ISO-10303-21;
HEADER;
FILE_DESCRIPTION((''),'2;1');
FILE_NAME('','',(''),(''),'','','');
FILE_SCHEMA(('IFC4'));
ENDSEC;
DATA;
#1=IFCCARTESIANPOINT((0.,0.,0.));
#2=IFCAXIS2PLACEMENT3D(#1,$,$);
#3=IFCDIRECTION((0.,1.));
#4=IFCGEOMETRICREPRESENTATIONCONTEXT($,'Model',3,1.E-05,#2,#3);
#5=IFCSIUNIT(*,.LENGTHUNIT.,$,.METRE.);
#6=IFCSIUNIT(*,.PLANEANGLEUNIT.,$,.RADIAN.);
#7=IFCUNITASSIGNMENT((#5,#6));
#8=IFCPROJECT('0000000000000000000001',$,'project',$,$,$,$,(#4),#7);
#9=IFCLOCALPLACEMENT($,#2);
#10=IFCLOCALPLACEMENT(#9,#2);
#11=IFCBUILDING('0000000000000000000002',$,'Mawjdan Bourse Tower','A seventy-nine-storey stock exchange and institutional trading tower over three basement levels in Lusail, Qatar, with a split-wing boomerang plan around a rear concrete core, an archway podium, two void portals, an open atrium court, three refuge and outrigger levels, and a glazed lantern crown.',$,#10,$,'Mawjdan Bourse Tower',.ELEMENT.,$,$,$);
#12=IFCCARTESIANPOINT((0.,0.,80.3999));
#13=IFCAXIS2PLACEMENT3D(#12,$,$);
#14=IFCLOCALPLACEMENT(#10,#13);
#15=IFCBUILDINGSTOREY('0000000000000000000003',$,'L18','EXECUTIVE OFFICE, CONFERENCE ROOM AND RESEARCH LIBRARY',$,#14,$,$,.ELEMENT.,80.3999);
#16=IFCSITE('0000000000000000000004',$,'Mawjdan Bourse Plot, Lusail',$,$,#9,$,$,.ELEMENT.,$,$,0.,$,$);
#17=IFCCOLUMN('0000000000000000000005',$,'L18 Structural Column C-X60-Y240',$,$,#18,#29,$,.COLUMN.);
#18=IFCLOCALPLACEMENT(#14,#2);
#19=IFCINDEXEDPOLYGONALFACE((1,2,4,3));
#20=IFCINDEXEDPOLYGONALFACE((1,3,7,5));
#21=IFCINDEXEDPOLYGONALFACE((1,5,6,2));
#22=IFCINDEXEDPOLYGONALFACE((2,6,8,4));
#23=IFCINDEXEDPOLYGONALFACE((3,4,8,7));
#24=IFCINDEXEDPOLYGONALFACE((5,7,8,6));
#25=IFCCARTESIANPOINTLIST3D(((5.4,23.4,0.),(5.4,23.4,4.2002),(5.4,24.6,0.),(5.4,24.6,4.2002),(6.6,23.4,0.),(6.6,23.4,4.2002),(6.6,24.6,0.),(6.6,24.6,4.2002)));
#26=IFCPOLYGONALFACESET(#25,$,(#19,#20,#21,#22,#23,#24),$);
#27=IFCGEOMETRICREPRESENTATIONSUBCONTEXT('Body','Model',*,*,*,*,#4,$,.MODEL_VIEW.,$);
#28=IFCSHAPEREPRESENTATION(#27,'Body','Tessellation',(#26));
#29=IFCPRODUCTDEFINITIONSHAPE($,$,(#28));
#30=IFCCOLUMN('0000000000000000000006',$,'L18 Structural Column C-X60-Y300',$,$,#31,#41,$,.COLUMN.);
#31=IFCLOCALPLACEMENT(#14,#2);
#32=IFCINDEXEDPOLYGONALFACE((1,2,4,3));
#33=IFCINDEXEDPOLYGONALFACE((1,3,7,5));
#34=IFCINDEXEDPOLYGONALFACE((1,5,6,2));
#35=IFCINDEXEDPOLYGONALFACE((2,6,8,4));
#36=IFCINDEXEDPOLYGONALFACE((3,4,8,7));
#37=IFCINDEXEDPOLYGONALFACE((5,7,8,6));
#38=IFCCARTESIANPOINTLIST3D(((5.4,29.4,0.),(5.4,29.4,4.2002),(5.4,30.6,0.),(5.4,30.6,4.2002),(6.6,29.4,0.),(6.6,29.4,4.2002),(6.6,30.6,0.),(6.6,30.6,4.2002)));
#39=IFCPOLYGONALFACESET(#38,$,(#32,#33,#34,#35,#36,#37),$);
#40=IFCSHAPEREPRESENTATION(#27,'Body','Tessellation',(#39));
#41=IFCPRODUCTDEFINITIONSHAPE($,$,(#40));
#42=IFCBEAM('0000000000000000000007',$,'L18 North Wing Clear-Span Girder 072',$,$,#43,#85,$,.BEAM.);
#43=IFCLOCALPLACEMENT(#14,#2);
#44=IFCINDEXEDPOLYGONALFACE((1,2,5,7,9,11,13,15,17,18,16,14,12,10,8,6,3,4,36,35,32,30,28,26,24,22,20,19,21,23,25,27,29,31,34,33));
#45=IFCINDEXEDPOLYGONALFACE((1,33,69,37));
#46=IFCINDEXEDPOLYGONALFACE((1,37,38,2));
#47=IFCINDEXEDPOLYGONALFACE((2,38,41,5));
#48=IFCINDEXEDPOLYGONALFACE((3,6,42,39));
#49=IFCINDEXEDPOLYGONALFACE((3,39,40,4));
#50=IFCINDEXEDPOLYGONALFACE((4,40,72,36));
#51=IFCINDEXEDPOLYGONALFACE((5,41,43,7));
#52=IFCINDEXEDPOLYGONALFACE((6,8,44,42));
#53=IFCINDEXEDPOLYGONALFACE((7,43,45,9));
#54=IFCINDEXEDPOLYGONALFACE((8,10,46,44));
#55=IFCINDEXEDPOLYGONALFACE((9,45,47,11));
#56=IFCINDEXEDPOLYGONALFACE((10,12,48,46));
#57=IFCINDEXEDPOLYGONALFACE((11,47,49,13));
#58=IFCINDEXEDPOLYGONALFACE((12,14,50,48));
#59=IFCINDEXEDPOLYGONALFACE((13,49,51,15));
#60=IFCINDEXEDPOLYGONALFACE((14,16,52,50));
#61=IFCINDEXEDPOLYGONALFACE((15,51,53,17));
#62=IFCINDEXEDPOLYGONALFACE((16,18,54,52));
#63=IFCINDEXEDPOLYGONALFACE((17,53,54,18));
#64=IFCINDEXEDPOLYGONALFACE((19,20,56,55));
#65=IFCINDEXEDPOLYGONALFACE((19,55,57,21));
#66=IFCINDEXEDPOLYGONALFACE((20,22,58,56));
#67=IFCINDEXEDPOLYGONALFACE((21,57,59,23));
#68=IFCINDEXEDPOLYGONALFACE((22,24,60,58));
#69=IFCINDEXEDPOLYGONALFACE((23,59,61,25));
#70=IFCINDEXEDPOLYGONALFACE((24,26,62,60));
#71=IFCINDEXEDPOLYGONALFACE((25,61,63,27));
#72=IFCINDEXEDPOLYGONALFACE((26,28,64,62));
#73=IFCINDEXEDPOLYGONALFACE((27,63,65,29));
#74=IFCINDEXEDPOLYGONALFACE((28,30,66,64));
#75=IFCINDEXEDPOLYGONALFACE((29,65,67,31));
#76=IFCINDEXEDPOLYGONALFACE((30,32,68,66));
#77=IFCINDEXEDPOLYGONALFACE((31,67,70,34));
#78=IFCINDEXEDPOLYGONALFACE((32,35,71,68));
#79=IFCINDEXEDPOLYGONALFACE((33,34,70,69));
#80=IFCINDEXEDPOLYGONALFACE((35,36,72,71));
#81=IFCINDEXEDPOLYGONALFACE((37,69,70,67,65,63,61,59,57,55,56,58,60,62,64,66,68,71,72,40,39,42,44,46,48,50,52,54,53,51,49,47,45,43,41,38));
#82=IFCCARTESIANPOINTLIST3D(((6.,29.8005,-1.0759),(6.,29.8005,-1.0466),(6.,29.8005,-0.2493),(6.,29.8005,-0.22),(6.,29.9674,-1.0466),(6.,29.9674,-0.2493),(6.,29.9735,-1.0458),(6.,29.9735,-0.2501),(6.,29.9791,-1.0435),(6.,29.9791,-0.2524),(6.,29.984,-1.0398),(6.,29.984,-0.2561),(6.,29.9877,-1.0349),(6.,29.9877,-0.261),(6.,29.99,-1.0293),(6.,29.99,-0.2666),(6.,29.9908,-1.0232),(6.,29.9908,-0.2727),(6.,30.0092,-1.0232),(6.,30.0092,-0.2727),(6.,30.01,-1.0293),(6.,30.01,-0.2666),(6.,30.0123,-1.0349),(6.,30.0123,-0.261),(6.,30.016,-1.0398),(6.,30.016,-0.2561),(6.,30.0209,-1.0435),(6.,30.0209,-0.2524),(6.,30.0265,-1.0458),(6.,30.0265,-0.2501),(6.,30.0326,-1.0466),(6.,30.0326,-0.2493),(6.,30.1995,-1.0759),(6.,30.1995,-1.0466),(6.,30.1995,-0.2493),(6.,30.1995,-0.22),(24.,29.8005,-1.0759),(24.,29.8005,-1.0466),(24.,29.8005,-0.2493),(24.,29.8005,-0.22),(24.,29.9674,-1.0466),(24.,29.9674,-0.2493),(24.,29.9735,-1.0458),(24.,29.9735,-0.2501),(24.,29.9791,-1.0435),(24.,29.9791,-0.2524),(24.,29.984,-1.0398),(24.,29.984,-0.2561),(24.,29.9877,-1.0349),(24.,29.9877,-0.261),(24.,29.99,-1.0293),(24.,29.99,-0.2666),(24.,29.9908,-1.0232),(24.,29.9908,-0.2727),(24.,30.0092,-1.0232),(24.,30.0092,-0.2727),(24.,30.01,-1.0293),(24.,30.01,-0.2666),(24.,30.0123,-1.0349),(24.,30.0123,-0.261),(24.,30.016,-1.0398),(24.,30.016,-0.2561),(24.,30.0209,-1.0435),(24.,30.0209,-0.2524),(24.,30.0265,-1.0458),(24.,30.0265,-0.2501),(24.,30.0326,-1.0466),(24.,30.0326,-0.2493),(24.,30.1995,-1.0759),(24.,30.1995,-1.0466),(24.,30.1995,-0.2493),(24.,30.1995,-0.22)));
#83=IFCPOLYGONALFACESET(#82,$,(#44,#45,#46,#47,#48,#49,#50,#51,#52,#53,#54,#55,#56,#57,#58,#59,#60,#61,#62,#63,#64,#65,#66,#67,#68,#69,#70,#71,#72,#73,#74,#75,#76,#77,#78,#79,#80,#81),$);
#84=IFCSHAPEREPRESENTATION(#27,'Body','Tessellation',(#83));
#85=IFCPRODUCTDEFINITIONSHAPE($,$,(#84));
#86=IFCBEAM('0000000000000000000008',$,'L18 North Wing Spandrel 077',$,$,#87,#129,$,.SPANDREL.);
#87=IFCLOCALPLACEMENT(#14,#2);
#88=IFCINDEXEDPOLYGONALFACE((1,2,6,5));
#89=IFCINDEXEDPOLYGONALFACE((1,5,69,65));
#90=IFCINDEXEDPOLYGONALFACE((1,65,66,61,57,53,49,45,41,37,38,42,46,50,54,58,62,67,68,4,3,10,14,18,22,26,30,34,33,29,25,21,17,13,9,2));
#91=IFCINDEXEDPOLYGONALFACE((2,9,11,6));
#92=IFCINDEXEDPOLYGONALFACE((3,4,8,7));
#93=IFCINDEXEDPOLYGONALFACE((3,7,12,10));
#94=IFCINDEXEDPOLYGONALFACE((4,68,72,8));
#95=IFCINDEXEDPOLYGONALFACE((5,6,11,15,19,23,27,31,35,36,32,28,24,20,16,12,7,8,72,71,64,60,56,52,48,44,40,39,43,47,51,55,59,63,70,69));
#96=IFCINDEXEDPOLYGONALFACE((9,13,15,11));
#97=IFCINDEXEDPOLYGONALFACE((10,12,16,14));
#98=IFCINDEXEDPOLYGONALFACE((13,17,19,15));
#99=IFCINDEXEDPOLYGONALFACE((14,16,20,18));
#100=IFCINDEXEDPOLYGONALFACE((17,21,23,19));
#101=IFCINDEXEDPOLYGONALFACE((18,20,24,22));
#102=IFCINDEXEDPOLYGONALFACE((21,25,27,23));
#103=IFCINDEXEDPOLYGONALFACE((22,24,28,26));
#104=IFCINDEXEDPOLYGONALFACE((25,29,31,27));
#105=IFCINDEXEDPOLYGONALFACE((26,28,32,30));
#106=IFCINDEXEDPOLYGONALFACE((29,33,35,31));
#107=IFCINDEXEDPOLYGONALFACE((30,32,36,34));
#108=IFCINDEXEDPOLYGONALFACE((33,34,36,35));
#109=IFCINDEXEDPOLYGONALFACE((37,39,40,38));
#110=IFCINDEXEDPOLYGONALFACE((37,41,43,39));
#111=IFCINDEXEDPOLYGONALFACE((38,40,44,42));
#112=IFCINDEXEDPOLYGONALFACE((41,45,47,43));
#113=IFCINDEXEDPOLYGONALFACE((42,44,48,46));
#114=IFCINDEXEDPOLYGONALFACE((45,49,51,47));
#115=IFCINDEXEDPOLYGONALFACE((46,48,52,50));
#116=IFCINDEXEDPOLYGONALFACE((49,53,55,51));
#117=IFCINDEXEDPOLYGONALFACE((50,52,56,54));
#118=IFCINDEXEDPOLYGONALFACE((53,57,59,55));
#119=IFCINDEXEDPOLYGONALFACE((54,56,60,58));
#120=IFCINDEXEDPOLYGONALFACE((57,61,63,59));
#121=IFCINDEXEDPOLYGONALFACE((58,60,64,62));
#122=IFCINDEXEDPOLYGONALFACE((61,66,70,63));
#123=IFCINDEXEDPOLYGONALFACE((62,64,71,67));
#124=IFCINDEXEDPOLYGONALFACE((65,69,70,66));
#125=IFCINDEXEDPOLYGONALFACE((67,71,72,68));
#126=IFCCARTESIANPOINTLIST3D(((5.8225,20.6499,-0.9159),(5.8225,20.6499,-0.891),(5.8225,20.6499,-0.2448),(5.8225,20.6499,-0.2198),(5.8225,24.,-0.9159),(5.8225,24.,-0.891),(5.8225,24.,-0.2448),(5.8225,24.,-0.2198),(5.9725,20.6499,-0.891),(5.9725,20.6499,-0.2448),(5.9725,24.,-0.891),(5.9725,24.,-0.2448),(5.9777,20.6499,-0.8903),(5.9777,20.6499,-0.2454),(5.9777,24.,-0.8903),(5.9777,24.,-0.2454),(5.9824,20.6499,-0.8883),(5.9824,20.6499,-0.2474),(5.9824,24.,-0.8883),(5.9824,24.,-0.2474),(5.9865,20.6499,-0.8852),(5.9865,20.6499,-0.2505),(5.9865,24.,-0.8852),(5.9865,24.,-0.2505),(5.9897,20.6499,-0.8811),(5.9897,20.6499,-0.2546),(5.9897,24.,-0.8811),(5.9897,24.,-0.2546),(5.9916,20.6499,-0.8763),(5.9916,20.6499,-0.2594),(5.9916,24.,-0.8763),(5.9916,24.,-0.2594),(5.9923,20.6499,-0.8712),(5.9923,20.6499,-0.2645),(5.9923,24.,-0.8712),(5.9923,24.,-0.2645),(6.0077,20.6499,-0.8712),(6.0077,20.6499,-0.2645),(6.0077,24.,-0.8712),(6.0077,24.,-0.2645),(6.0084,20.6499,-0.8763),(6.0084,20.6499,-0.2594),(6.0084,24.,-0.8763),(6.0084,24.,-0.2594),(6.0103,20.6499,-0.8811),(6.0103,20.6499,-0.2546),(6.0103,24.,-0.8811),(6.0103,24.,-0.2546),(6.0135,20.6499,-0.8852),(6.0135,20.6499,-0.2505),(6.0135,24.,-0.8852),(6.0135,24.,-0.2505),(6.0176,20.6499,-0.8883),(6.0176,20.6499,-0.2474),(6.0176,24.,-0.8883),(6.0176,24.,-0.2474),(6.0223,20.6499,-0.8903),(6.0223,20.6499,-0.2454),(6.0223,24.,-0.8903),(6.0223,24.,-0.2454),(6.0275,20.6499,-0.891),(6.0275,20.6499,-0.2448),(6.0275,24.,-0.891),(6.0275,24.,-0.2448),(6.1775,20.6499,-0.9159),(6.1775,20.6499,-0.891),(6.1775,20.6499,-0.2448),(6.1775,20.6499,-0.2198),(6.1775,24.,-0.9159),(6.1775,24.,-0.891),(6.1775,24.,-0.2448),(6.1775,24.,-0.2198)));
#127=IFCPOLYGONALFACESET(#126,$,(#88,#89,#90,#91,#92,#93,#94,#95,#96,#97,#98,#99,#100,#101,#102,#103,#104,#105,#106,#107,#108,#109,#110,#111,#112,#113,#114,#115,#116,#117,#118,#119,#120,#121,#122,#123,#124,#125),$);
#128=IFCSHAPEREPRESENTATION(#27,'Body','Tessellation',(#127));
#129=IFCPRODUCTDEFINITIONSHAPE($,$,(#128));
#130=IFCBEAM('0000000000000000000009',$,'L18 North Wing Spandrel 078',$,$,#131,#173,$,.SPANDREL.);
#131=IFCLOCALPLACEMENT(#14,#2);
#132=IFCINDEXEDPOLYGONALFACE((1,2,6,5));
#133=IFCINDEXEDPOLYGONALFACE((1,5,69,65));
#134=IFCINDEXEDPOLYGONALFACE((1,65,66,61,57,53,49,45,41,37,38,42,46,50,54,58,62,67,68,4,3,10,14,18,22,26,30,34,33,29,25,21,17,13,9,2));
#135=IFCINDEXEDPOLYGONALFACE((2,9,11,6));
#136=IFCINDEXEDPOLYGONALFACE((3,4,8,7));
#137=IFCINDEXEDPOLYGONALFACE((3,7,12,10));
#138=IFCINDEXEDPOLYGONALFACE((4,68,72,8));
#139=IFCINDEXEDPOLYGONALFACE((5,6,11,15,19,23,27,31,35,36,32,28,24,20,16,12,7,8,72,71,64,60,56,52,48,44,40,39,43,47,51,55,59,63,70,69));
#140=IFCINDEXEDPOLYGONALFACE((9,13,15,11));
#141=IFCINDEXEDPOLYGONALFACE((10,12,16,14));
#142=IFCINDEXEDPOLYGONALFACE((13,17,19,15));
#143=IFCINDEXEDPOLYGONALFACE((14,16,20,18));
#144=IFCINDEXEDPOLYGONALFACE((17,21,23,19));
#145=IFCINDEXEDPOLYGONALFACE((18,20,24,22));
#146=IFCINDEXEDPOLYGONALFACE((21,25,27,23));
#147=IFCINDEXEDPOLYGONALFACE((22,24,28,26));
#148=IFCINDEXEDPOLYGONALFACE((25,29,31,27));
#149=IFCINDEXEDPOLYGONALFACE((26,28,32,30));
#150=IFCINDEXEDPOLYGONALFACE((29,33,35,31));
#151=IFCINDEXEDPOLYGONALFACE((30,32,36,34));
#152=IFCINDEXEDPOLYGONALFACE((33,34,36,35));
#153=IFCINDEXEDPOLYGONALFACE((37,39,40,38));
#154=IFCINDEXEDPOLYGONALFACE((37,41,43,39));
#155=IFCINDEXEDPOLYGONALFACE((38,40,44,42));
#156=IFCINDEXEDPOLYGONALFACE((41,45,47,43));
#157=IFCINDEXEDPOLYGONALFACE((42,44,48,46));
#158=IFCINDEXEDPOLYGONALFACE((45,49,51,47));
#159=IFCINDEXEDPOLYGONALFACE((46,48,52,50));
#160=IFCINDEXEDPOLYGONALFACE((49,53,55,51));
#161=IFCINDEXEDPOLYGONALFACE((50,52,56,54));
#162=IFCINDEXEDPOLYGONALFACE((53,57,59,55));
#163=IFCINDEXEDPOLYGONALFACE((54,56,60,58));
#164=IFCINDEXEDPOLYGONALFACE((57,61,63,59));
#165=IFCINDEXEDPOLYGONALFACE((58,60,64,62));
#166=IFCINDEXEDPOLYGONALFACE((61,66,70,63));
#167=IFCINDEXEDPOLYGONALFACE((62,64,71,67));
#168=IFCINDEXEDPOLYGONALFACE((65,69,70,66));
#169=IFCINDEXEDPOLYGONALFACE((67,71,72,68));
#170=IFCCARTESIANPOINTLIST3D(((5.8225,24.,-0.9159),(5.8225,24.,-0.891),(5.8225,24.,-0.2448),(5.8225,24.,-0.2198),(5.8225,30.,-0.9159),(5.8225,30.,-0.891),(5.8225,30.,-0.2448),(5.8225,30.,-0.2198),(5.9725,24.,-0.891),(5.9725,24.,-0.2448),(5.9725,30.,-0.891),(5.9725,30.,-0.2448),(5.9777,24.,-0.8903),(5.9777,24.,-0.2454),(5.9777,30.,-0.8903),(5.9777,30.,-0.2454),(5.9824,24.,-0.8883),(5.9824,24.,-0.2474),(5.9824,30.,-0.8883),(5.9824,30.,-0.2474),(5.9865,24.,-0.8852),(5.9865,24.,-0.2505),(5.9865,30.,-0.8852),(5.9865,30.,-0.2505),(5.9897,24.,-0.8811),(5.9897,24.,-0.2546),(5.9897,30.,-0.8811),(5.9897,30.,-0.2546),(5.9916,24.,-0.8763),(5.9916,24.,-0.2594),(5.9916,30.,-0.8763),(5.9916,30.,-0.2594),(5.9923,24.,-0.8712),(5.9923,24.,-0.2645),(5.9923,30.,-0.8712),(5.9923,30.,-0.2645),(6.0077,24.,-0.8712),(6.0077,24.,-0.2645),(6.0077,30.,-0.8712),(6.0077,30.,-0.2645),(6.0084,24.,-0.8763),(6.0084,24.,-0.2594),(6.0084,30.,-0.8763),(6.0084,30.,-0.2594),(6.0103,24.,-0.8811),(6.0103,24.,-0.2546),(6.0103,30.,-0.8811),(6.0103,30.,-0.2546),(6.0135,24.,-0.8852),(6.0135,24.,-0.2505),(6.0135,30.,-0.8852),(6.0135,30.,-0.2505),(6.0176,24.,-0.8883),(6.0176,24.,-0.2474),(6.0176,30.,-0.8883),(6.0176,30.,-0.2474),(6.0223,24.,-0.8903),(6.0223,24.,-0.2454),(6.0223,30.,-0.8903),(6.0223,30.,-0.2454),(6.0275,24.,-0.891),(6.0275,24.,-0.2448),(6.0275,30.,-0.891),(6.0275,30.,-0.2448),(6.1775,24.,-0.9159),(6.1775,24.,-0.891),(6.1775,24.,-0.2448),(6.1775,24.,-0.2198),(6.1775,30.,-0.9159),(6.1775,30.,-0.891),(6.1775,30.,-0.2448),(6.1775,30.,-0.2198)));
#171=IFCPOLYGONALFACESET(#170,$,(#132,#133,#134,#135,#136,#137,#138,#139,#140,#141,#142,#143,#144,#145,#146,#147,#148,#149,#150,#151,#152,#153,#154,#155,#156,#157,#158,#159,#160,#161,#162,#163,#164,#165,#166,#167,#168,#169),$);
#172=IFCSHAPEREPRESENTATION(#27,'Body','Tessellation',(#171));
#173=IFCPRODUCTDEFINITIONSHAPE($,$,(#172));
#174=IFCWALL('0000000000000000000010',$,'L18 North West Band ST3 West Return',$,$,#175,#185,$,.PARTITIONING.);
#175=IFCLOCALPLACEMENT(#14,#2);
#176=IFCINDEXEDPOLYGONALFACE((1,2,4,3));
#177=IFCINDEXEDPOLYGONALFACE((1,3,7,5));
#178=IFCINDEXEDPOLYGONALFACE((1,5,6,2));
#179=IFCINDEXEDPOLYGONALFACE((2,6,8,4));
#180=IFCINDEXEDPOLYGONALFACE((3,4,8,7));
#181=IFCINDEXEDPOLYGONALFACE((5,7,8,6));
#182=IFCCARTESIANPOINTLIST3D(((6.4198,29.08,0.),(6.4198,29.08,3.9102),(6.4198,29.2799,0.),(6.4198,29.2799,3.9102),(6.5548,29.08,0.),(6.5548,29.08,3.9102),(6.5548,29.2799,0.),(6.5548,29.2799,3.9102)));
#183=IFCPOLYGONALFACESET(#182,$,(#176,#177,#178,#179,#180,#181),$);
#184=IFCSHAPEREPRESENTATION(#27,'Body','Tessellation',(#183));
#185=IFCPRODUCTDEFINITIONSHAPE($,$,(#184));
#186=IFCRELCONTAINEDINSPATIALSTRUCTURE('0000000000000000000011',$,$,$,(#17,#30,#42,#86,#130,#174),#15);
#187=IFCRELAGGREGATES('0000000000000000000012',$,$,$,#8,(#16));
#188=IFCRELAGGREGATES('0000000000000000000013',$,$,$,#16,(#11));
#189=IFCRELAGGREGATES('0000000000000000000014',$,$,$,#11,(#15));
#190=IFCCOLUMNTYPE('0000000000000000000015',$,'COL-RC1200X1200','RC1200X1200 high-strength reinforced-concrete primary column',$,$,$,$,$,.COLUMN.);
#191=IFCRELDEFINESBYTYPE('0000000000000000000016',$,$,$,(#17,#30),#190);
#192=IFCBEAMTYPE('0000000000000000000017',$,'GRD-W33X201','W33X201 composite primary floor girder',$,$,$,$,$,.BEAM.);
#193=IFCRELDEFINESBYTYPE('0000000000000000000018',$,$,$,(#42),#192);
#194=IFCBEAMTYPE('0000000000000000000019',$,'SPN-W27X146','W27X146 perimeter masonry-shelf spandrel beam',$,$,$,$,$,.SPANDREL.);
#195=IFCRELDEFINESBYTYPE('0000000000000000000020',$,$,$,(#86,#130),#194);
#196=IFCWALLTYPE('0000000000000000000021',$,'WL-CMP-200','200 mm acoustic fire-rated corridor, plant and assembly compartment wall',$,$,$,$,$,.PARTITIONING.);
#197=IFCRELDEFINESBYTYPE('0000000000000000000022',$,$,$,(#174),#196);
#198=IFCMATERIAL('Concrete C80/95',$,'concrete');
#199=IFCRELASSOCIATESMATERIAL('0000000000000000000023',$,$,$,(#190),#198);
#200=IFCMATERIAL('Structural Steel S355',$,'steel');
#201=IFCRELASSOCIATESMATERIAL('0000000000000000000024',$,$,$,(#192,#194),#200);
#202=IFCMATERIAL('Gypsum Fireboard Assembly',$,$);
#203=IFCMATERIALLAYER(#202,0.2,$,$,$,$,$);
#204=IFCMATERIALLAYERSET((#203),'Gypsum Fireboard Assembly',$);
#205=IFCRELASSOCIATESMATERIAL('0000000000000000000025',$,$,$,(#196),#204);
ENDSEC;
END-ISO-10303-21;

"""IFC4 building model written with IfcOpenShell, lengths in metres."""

from ifc_helpers import new_model, si_unit, direction, frame, frame_2d, origin, origin_2d, place, context, subcontext, project, spatial, rectangle, i_section, extrude, material, layer, layer_set, material_profile, profile_set, type_object, element, save


model = new_model("IFC4")

# Units and contexts
model_context = context("Model", 3, precision=1e-05, world=origin(), true_north=direction((0.0, 1.0)))
body_context = subcontext(model_context, "Body", "Model", "MODEL_VIEW")
ifc_project = project(units=[si_unit("LENGTHUNIT", "METRE"), si_unit("PLANEANGLEUNIT", "RADIAN")], contexts=[model_context])

# Site, building, storey
site_placement = place(None, origin())
site = spatial("IfcSite", under=ifc_project, at=site_placement, Name="Mawjdan Bourse Plot, Lusail", CompositionType="ELEMENT", RefElevation=0.0)
building_placement = place(site_placement, origin())
building = spatial("IfcBuilding", under=site, at=building_placement, Name="Mawjdan Bourse Tower", Description="A seventy-nine-storey stock exchange and institutional trading tower over three basement levels in Lusail, Qatar, with a split-wing boomerang plan around a rear concrete core, an archway podium, two void portals, an open atrium court, three refuge and outrigger levels, and a glazed lantern crown.", LongName="Mawjdan Bourse Tower", CompositionType="ELEMENT")
storey_placement = place(building_placement, frame((0.0, 0.0, 80.3999)))
storey = spatial("IfcBuildingStorey", under=building, at=storey_placement, Name="L18", Description="EXECUTIVE OFFICE, CONFERENCE ROOM AND RESEARCH LIBRARY", CompositionType="ELEMENT", Elevation=80.3999)

# Columns
ifc_material_1 = material(Name="Concrete C80/95", Category="concrete")
ifc_material_profile_1 = material_profile(ifc_material_1, rectangle(XDim=1.2, YDim=1.2, at=origin_2d()), Name="RC1200X1200")
ifc_profile_set_1 = profile_set([ifc_material_profile_1], Name="Concrete C80/95")
column_type = type_object("IfcColumnType", Name="COL-RC1200X1200", Description="RC1200X1200 high-strength reinforced-concrete primary column", PredefinedType="COLUMN", material=ifc_profile_set_1)
for number, where, z_axis, x_axis, name in (
    (1, (6.0, 24.0, 0.0), (0.0, 0.0, 1.0), (1.0, 0.0, 0.0), "L18 Structural Column C-X60-Y240"),
    (2, (6.0, 30.0, 0.0), (0.0, 0.0, 1.0), (1.0, 0.0, 0.0), "L18 Structural Column C-X60-Y300"),
):
    element("IfcColumn", number, at=place(storey_placement, frame(where, z_axis=z_axis, x_axis=x_axis)), inside=storey, type_object=column_type, Name=name, PredefinedType="COLUMN", context=body_context, shape_type="SweptSolid", body=[
        extrude(rectangle(XDim=1.2, YDim=1.2, at=origin_2d()), origin(), (0.0, 0.0, 1.0), 4.2002),
    ])

# Beams
ifc_material_2 = material(Name="Structural Steel S355", Category="steel")
ifc_material_profile_2 = material_profile(ifc_material_2, i_section(OverallWidth=0.3989, OverallDepth=0.856, WebThickness=0.0183, FlangeThickness=0.0293, FilletRadius=0.0234, at=origin_2d()), Name="W33X201")
ifc_profile_set_2 = profile_set([ifc_material_profile_2], Name="Structural Steel S355")
beam_type_1 = type_object("IfcBeamType", Name="GRD-W33X201", Description="W33X201 composite primary floor girder", PredefinedType="BEAM", material=ifc_profile_set_2)
beam_1_placement = place(storey_placement, frame((6.0, 30.0, -0.6479), z_axis=(1.0, 0.0, 0.0), x_axis=(0.0, 1.0, 0.0)))
element("IfcBeam", 3, at=beam_1_placement, inside=storey, type_object=beam_type_1, Name="L18 North Wing Clear-Span Girder 072", PredefinedType="BEAM", context=body_context, shape_type="SweptSolid", body=[
    extrude(i_section(OverallWidth=0.3989, OverallDepth=0.856, WebThickness=0.0183, FlangeThickness=0.0293, FilletRadius=0.0234, at=origin_2d()), origin(), (0.0, 0.0, 1.0), 18.0),
])
ifc_material_profile_3 = material_profile(ifc_material_2, i_section(OverallWidth=0.355, OverallDepth=0.696, WebThickness=0.0154, FlangeThickness=0.0249, FilletRadius=0.0198, at=origin_2d()), Name="W27X146")
ifc_profile_set_3 = profile_set([ifc_material_profile_3], Name="Structural Steel S355")
beam_type_2 = type_object("IfcBeamType", Name="SPN-W27X146", Description="W27X146 perimeter masonry-shelf spandrel beam", PredefinedType="SPANDREL", material=ifc_profile_set_3)
beam_2_placement = place(storey_placement, frame((6.0, 20.6499, -0.5679), z_axis=(0.0, 1.0, 0.0), x_axis=(-1.0, 0.0, 0.0)))
element("IfcBeam", 4, at=beam_2_placement, inside=storey, type_object=beam_type_2, Name="L18 North Wing Spandrel 077", PredefinedType="SPANDREL", context=body_context, shape_type="SweptSolid", body=[
    extrude(i_section(OverallWidth=0.355, OverallDepth=0.696, WebThickness=0.0154, FlangeThickness=0.0249, FilletRadius=0.0198, at=origin_2d()), origin(), (0.0, 0.0, 1.0), 3.3501),
])
beam_3_placement = place(storey_placement, frame((6.0, 24.0, -0.5679), z_axis=(0.0, 1.0, 0.0), x_axis=(-1.0, 0.0, 0.0)))
element("IfcBeam", 5, at=beam_3_placement, inside=storey, type_object=beam_type_2, Name="L18 North Wing Spandrel 078", PredefinedType="SPANDREL", context=body_context, shape_type="SweptSolid", body=[
    extrude(i_section(OverallWidth=0.355, OverallDepth=0.696, WebThickness=0.0154, FlangeThickness=0.0249, FilletRadius=0.0198, at=origin_2d()), origin(), (0.0, 0.0, 1.0), 6.0),
])

# Wall
ifc_material_3 = material(Name="Gypsum Fireboard Assembly")
ifc_layer_1 = layer(ifc_material_3, 0.2)
ifc_layer_set_1 = layer_set([ifc_layer_1], Name="Gypsum Fireboard Assembly")
wall_type_1 = type_object("IfcWallType", Name="WL-CMP-200", Description="200 mm acoustic fire-rated corridor, plant and assembly compartment wall", PredefinedType="PARTITIONING", material=ifc_layer_set_1)
wall_1_placement = place(storey_placement, frame((6.4199, 29.1799, 0.0), z_axis=(0.0, 0.0, 1.0), x_axis=(1.0, 0.0, 0.0)))
element("IfcWall", 6, at=wall_1_placement, inside=storey, type_object=wall_type_1, Name="L18 North West Band ST3 West Return", PredefinedType="PARTITIONING", context=body_context, shape_type="SweptSolid", body=[
    extrude(rectangle(XDim=0.135, YDim=0.2, at=frame_2d((0.0674, 0.0))), origin(), (0.0, 0.0, 1.0), 3.9102),
])

save(model, "model.ifc")
